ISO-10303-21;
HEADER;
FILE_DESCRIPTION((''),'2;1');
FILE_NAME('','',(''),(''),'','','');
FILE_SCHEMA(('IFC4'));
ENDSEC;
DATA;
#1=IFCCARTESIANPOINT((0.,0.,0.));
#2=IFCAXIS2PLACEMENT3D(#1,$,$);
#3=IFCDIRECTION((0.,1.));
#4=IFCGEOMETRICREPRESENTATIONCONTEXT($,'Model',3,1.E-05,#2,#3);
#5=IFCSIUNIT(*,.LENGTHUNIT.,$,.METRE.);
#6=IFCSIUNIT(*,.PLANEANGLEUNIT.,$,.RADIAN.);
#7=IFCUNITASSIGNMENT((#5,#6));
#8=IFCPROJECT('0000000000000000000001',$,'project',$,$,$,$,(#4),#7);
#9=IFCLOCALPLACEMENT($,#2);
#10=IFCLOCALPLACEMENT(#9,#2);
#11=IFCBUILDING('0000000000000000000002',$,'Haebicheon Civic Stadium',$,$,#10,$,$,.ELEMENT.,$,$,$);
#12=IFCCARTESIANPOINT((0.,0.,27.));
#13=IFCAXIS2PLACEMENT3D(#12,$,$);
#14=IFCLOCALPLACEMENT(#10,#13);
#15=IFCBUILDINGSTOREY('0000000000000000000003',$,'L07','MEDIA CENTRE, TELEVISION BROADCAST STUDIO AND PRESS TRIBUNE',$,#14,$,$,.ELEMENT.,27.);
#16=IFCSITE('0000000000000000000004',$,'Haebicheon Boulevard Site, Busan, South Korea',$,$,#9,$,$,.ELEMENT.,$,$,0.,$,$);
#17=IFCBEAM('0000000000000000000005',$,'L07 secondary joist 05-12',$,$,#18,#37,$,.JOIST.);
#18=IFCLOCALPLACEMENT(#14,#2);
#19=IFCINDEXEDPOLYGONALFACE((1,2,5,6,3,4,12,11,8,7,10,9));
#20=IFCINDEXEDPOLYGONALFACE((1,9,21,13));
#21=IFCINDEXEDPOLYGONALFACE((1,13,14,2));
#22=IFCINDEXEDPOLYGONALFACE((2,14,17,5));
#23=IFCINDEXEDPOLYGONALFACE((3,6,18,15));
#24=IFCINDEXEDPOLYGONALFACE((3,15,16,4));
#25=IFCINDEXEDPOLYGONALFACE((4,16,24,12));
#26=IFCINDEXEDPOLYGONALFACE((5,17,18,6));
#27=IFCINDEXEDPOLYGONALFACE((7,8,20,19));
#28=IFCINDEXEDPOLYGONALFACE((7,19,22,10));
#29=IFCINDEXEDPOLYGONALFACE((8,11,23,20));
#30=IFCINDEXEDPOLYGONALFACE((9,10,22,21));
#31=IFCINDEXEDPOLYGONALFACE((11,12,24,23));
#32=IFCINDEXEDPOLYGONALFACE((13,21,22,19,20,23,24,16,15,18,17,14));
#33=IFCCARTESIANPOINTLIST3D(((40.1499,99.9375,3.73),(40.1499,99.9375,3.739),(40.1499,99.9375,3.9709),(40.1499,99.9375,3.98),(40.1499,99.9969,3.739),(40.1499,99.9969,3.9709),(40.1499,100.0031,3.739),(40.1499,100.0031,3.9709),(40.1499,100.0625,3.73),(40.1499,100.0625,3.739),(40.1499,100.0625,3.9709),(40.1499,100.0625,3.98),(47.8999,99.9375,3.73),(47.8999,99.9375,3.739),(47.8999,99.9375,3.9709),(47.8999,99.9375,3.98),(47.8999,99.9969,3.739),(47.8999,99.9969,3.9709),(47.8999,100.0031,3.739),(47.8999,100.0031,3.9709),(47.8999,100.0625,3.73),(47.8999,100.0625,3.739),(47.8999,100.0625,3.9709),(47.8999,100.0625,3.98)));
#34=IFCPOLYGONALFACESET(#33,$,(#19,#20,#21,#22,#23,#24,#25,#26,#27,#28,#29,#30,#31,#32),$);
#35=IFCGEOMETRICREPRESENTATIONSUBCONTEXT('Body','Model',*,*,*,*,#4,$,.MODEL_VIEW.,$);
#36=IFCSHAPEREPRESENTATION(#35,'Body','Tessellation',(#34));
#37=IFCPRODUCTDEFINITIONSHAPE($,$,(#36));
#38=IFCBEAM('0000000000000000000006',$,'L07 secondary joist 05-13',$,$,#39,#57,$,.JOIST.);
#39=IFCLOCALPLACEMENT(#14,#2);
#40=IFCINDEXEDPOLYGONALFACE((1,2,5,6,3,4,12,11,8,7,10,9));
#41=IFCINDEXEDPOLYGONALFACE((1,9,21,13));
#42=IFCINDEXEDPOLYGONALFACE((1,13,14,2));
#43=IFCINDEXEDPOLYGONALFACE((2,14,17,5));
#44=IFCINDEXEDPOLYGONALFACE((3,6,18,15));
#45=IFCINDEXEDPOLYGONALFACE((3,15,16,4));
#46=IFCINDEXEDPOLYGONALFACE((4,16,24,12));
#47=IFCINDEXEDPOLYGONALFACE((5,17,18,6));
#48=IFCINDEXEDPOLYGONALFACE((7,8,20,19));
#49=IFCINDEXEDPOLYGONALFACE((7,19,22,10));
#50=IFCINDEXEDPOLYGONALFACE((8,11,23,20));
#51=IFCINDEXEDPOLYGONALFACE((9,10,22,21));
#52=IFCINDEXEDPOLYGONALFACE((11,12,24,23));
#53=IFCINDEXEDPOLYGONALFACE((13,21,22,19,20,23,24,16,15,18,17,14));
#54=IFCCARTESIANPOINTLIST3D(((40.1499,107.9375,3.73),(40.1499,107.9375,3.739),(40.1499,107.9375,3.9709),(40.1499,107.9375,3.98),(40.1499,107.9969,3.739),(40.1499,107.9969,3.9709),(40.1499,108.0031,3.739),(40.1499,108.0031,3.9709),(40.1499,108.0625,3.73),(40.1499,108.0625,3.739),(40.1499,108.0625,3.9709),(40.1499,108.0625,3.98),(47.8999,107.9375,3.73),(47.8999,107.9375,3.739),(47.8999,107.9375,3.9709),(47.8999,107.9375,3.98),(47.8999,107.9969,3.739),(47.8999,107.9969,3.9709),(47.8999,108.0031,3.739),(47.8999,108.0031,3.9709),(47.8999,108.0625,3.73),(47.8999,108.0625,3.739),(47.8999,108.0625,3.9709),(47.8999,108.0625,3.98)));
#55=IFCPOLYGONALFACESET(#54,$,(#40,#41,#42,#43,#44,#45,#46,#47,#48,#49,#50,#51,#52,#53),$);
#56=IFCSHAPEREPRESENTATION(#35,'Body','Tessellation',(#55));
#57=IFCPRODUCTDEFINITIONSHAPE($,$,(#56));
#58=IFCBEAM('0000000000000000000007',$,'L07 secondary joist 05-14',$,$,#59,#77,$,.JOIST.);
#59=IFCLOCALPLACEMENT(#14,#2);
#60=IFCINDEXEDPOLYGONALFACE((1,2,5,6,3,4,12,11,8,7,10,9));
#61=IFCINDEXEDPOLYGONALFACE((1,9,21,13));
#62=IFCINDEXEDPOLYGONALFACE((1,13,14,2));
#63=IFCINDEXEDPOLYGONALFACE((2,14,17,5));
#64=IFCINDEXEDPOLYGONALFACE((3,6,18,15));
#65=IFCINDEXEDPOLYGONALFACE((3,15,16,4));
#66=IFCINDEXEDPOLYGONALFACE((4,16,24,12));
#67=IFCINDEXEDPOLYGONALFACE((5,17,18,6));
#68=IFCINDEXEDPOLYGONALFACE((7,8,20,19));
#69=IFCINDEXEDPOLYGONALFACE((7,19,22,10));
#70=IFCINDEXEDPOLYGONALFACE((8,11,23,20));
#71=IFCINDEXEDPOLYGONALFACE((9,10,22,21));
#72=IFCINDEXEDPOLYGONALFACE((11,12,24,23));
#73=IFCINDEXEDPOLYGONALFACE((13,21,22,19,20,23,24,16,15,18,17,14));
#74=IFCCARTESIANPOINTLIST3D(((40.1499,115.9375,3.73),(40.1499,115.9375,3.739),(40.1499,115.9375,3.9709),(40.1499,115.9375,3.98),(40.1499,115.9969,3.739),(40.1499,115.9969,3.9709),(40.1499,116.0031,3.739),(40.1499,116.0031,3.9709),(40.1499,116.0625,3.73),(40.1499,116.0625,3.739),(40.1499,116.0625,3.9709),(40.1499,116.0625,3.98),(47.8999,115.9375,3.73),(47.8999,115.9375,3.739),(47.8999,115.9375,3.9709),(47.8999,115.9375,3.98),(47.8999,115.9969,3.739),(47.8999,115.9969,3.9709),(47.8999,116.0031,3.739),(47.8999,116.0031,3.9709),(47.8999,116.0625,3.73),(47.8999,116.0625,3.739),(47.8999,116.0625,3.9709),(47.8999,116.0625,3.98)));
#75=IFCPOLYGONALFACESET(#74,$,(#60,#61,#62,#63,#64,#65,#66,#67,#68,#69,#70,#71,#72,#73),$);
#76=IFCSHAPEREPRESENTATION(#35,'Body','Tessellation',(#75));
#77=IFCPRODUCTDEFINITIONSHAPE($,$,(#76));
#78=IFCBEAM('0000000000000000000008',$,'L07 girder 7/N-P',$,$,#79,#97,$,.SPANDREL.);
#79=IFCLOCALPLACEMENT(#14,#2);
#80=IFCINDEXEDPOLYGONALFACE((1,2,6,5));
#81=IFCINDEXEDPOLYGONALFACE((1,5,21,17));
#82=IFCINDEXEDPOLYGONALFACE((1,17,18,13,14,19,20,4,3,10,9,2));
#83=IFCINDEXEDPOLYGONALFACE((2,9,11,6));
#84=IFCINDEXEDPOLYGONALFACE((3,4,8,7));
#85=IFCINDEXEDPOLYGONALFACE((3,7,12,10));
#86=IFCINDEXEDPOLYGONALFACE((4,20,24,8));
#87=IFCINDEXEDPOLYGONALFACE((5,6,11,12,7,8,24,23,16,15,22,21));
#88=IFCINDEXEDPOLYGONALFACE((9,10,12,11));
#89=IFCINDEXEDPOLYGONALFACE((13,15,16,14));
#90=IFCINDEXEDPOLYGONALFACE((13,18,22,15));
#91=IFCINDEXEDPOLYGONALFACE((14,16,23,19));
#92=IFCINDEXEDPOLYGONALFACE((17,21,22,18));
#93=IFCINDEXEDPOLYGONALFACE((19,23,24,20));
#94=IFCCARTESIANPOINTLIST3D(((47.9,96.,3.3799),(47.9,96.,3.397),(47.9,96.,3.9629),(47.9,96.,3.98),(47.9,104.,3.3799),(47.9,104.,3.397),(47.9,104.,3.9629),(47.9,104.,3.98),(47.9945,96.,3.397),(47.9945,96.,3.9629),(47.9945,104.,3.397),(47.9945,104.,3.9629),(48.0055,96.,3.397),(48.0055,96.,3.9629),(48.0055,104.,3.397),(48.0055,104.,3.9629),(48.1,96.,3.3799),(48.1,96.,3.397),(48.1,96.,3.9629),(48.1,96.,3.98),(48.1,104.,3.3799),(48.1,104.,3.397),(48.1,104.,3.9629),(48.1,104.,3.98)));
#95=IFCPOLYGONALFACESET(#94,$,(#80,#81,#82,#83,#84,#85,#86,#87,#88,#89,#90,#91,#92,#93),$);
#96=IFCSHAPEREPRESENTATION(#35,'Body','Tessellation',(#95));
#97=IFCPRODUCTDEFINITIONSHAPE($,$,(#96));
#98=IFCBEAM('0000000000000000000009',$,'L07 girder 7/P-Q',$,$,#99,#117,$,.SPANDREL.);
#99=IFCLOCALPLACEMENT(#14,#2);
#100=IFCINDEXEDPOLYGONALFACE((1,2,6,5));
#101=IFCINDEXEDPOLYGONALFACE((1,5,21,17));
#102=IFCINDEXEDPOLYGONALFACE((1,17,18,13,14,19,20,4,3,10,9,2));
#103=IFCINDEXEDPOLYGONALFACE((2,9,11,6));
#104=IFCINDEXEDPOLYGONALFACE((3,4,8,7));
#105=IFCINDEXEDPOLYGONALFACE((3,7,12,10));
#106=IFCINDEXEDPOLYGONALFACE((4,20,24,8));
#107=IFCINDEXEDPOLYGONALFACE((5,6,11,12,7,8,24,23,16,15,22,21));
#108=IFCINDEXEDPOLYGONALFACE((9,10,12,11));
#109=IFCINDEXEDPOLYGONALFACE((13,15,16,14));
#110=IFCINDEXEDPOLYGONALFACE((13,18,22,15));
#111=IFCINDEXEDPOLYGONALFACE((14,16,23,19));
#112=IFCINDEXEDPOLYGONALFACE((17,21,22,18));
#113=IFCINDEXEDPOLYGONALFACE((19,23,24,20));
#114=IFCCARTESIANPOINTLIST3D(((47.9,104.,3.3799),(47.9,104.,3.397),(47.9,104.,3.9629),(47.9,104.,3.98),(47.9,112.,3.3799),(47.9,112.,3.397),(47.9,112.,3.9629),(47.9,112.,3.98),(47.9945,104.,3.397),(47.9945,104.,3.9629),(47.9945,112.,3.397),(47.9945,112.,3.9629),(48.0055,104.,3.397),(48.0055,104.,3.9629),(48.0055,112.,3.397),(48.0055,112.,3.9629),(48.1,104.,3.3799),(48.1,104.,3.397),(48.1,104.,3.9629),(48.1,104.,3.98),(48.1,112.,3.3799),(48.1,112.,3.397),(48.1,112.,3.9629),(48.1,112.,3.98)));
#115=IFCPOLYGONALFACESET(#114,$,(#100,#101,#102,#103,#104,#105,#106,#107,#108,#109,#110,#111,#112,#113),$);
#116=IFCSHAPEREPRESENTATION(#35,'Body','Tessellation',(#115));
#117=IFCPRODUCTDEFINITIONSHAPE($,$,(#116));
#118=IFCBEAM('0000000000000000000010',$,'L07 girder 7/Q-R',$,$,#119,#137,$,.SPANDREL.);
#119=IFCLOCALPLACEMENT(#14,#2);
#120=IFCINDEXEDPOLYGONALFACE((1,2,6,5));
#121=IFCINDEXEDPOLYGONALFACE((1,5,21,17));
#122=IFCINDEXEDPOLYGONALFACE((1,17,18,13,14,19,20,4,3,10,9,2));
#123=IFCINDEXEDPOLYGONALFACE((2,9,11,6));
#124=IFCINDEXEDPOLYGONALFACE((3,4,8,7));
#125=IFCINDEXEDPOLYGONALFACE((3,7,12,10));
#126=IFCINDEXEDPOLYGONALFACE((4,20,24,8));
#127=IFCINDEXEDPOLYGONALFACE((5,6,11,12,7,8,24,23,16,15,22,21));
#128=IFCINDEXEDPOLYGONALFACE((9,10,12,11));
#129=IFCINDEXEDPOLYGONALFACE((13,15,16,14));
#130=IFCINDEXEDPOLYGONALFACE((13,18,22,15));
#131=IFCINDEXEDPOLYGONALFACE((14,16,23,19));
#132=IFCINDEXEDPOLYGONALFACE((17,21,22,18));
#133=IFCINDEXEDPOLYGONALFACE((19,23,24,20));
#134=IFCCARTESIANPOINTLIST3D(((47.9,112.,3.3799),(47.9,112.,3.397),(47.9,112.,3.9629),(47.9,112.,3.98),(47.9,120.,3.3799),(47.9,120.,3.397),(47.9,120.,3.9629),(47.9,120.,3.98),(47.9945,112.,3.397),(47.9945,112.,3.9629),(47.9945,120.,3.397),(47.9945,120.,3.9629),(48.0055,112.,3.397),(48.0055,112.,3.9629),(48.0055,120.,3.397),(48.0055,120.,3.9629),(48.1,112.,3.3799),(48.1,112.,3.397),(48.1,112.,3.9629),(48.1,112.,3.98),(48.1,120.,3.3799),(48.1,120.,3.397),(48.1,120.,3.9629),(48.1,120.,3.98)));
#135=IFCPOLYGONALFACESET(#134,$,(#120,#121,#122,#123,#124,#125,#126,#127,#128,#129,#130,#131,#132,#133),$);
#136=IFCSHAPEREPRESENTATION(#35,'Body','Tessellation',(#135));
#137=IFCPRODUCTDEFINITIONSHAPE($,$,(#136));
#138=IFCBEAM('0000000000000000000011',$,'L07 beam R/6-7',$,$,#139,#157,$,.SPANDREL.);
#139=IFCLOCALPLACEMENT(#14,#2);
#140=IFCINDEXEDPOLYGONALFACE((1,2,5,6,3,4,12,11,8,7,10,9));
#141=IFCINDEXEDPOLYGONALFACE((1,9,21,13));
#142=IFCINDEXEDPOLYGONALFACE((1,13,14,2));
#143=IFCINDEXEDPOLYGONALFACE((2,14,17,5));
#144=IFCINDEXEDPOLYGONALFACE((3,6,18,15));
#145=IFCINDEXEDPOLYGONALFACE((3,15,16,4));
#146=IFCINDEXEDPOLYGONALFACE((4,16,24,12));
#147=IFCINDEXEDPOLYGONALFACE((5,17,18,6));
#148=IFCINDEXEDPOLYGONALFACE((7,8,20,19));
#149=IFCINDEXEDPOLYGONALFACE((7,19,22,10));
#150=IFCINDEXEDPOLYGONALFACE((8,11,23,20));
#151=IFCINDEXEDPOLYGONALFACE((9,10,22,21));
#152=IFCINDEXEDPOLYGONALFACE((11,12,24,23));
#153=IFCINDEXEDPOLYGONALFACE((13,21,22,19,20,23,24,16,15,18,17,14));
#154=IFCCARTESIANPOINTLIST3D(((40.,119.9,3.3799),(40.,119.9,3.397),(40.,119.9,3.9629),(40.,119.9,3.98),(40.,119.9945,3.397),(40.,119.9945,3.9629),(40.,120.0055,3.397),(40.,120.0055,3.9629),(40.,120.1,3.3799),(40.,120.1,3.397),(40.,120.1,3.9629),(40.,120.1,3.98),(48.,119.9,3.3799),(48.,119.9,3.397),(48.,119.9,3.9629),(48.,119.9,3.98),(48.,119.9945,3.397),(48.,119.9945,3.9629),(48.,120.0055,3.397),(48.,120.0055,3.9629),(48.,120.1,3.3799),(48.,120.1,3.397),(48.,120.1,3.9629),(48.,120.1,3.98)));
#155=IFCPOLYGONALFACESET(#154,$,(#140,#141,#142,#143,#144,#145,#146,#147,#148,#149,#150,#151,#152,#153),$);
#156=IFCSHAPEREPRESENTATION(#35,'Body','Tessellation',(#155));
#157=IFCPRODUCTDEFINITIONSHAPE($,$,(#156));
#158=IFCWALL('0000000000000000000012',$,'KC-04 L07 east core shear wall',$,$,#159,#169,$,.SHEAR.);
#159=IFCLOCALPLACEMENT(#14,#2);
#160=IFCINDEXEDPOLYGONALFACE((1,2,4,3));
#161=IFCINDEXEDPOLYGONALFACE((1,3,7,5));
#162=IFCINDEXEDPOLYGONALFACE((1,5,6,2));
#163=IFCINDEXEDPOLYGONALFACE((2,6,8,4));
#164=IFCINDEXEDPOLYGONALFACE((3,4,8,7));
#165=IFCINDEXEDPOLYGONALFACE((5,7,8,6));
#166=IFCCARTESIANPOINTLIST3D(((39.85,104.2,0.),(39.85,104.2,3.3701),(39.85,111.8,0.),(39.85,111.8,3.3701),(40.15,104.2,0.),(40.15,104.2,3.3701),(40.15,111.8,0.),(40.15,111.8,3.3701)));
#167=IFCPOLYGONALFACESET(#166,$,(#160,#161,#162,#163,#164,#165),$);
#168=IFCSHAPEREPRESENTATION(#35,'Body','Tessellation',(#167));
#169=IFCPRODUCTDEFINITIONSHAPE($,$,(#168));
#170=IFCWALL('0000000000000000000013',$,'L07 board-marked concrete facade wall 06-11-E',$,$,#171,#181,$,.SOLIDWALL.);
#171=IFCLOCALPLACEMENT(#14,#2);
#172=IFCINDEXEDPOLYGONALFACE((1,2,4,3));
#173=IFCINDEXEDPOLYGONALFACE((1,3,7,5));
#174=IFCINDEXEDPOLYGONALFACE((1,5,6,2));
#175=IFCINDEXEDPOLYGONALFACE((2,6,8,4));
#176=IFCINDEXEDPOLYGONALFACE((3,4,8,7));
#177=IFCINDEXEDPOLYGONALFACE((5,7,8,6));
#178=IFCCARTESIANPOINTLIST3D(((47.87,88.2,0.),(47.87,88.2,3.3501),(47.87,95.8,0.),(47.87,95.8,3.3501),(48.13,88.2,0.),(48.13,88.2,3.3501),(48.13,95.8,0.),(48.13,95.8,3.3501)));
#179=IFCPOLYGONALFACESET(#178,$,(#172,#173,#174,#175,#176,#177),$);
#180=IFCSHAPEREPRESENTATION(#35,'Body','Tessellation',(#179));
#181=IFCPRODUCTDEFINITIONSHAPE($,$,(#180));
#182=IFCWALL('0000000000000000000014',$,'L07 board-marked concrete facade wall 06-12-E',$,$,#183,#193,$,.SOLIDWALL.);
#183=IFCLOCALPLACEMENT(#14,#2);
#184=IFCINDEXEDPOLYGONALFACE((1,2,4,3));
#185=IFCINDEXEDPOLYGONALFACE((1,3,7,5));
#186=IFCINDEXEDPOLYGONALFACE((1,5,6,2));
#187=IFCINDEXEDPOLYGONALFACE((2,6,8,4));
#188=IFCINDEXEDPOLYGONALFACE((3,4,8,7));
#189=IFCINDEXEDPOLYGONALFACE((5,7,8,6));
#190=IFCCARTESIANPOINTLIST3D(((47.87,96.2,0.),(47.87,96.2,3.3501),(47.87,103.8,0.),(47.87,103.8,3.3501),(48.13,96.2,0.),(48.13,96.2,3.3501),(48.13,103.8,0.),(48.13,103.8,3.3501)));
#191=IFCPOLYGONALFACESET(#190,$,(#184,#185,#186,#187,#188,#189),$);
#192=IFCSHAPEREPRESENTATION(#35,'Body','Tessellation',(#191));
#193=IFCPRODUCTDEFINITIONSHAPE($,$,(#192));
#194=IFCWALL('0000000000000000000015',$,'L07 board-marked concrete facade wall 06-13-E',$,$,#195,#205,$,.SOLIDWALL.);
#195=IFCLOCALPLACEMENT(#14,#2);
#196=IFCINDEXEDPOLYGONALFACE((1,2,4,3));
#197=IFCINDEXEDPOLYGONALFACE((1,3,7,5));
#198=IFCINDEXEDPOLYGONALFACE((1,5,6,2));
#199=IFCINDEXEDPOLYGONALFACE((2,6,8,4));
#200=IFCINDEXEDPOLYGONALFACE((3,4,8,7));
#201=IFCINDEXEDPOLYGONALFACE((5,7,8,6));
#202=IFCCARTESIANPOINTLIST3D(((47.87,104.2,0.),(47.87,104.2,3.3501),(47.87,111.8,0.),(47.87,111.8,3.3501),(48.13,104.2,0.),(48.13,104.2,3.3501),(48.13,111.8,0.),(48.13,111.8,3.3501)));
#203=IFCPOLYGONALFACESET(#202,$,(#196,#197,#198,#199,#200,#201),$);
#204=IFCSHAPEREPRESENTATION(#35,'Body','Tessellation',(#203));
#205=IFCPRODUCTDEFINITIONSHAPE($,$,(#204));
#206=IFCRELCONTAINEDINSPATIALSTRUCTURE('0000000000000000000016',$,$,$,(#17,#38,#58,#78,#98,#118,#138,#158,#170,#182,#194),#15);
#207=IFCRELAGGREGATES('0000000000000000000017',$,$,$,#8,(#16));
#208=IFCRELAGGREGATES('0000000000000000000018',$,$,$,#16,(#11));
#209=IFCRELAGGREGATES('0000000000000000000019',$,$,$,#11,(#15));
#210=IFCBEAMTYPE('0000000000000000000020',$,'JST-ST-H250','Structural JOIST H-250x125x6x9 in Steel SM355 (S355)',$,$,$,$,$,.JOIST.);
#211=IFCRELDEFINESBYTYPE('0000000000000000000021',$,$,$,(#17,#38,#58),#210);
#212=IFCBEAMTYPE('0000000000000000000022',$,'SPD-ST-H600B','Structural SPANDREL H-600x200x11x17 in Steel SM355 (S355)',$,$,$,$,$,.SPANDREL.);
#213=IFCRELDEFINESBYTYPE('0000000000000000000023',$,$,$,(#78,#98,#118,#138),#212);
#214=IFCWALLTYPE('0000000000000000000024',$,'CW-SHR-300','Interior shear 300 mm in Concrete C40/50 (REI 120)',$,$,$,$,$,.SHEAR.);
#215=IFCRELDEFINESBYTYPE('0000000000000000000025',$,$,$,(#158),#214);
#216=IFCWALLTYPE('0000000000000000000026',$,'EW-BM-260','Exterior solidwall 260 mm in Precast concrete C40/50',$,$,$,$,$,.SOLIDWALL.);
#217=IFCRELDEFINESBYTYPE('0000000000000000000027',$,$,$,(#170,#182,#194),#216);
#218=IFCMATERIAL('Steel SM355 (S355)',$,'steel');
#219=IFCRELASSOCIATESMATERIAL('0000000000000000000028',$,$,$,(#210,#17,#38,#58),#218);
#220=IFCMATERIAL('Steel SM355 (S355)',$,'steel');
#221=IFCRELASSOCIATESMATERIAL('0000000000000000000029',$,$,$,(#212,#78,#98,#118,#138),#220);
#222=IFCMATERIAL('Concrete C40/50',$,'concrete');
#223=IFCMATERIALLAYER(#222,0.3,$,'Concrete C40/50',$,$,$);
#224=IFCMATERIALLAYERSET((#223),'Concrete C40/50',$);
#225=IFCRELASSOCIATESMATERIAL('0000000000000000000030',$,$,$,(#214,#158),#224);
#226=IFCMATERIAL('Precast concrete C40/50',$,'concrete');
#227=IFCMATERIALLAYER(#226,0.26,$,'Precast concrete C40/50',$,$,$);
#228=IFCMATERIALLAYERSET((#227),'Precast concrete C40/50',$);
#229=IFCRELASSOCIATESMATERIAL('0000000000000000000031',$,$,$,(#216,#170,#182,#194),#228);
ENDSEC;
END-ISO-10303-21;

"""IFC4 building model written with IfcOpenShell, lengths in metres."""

from ifc_helpers import new_model, si_unit, direction, frame, frame_2d, origin, origin_2d, place, context, subcontext, project, spatial, rectangle, i_section, extrude, material, layer, layer_set, material_profile, profile_set, type_object, element, save


model = new_model("IFC4")

# Units and contexts
model_context = context("Model", 3, precision=1e-05, world=origin(), true_north=direction((0.0, 1.0)))
body_context = subcontext(model_context, "Body", "Model", "MODEL_VIEW")
ifc_project = project(units=[si_unit("LENGTHUNIT", "METRE"), si_unit("PLANEANGLEUNIT", "RADIAN")], contexts=[model_context])

# Site, building, storey
site_placement = place(None, origin())
site = spatial("IfcSite", under=ifc_project, at=site_placement, Name="Haebicheon Boulevard Site, Busan, South Korea", CompositionType="ELEMENT", RefElevation=0.0)
building_placement = place(site_placement, origin())
building = spatial("IfcBuilding", under=site, at=building_placement, Name="Haebicheon Civic Stadium", CompositionType="ELEMENT")
storey_placement = place(building_placement, frame((0.0, 0.0, 27.0)))
storey = spatial("IfcBuildingStorey", under=building, at=storey_placement, Name="L07", Description="MEDIA CENTRE, TELEVISION BROADCAST STUDIO AND PRESS TRIBUNE", CompositionType="ELEMENT", Elevation=27.0)

# Beams
ifc_material_1 = material(Name="Steel SM355 (S355)", Category="steel")
ifc_material_profile_1 = material_profile(ifc_material_1, i_section(OverallWidth=0.125, OverallDepth=0.25, WebThickness=0.0061, FlangeThickness=0.009, at=origin_2d()), Name="H-250x125x6x9")
ifc_profile_set_1 = profile_set([ifc_material_profile_1], Name="Steel SM355 (S355)")
beam_type_1 = type_object("IfcBeamType", Name="JST-ST-H250", Description="Structural JOIST H-250x125x6x9 in Steel SM355 (S355)", PredefinedType="JOIST", material=ifc_profile_set_1)
for number, where, z_axis, x_axis, name in (
    (1, (40.1499, 100.0, 3.855), (1.0, 0.0, 0.0), (0.0, 1.0, 0.0), "L07 secondary joist 05-12"),
    (2, (40.1499, 108.0, 3.855), (1.0, 0.0, 0.0), (0.0, 1.0, 0.0), "L07 secondary joist 05-13"),
    (3, (40.1499, 116.0, 3.855), (1.0, 0.0, 0.0), (0.0, 1.0, 0.0), "L07 secondary joist 05-14"),
):
    element("IfcBeam", number, at=place(storey_placement, frame(where, z_axis=z_axis, x_axis=x_axis)), inside=storey, type_object=beam_type_1, material=ifc_profile_set_1, Name=name, PredefinedType="JOIST", context=body_context, shape_type="SweptSolid", body=[
        extrude(i_section(OverallWidth=0.125, OverallDepth=0.25, WebThickness=0.0061, FlangeThickness=0.009, at=origin_2d()), origin(), (0.0, 0.0, 1.0), 7.75),
    ])
ifc_material_2 = material(Name="Steel SM355 (S355)", Category="steel")
ifc_material_profile_2 = material_profile(ifc_material_2, i_section(OverallWidth=0.2, OverallDepth=0.6001, WebThickness=0.011, FlangeThickness=0.0171, at=origin_2d()), Name="H-600x200x11x17")
ifc_profile_set_2 = profile_set([ifc_material_profile_2], Name="Steel SM355 (S355)")
beam_type_2 = type_object("IfcBeamType", Name="SPD-ST-H600B", Description="Structural SPANDREL H-600x200x11x17 in Steel SM355 (S355)", PredefinedType="SPANDREL", material=ifc_profile_set_2)
for number, where, z_axis, x_axis, name in (
    (4, (48.0, 96.0, 3.6799), (0.0, 1.0, 0.0), (-1.0, 0.0, 0.0), "L07 girder 7/N-P"),
    (5, (48.0, 104.0, 3.6799), (0.0, 1.0, 0.0), (-1.0, 0.0, 0.0), "L07 girder 7/P-Q"),
    (6, (48.0, 112.0, 3.6799), (0.0, 1.0, 0.0), (-1.0, 0.0, 0.0), "L07 girder 7/Q-R"),
    (7, (40.0, 120.0, 3.6799), (1.0, 0.0, 0.0), (0.0, 1.0, 0.0), "L07 beam R/6-7"),
):
    element("IfcBeam", number, at=place(storey_placement, frame(where, z_axis=z_axis, x_axis=x_axis)), inside=storey, type_object=beam_type_2, material=ifc_profile_set_2, Name=name, PredefinedType="SPANDREL", context=body_context, shape_type="SweptSolid", body=[
        extrude(i_section(OverallWidth=0.2, OverallDepth=0.6001, WebThickness=0.011, FlangeThickness=0.0171, at=origin_2d()), origin(), (0.0, 0.0, 1.0), 8.0),
    ])

# Walls
ifc_material_3 = material(Name="Concrete C40/50", Category="concrete")
ifc_layer_1 = layer(ifc_material_3, 0.3, Name="Concrete C40/50")
ifc_layer_set_1 = layer_set([ifc_layer_1], Name="Concrete C40/50")
wall_type_1 = type_object("IfcWallType", Name="CW-SHR-300", Description="Interior shear 300 mm in Concrete C40/50 (REI 120)", PredefinedType="SHEAR", material=ifc_layer_set_1)
wall_1_placement = place(storey_placement, frame((40.0, 104.2, 0.0), z_axis=(0.0, 0.0, 1.0), x_axis=(0.0, 1.0, 0.0)))
element("IfcWall", 8, at=wall_1_placement, inside=storey, type_object=wall_type_1, material=ifc_layer_set_1, Name="KC-04 L07 east core shear wall", PredefinedType="SHEAR", context=body_context, shape_type="SweptSolid", body=[
    extrude(rectangle(XDim=7.6001, YDim=0.3, at=frame_2d((3.8, 0.0))), origin(), (0.0, 0.0, 1.0), 3.3701),
])
ifc_material_4 = material(Name="Precast concrete C40/50", Category="concrete")
ifc_layer_2 = layer(ifc_material_4, 0.26, Name="Precast concrete C40/50")
ifc_layer_set_2 = layer_set([ifc_layer_2], Name="Precast concrete C40/50")
wall_type_2 = type_object("IfcWallType", Name="EW-BM-260", Description="Exterior solidwall 260 mm in Precast concrete C40/50", PredefinedType="SOLIDWALL", material=ifc_layer_set_2)
for number, where, z_axis, x_axis, name in (
    (9, (48.0, 88.2, 0.0), (0.0, 0.0, 1.0), (0.0, 1.0, 0.0), "L07 board-marked concrete facade wall 06-11-E"),
    (10, (48.0, 96.2, 0.0), (0.0, 0.0, 1.0), (0.0, 1.0, 0.0), "L07 board-marked concrete facade wall 06-12-E"),
    (11, (48.0, 104.2, 0.0), (0.0, 0.0, 1.0), (0.0, 1.0, 0.0), "L07 board-marked concrete facade wall 06-13-E"),
):
    element("IfcWall", number, at=place(storey_placement, frame(where, z_axis=z_axis, x_axis=x_axis)), inside=storey, type_object=wall_type_2, material=ifc_layer_set_2, Name=name, PredefinedType="SOLIDWALL", context=body_context, shape_type="SweptSolid", body=[
        extrude(rectangle(XDim=7.6001, YDim=0.26, at=frame_2d((3.8, 0.0))), origin(), (0.0, 0.0, 1.0), 3.3501),
    ])

save(model, "model.ifc")
